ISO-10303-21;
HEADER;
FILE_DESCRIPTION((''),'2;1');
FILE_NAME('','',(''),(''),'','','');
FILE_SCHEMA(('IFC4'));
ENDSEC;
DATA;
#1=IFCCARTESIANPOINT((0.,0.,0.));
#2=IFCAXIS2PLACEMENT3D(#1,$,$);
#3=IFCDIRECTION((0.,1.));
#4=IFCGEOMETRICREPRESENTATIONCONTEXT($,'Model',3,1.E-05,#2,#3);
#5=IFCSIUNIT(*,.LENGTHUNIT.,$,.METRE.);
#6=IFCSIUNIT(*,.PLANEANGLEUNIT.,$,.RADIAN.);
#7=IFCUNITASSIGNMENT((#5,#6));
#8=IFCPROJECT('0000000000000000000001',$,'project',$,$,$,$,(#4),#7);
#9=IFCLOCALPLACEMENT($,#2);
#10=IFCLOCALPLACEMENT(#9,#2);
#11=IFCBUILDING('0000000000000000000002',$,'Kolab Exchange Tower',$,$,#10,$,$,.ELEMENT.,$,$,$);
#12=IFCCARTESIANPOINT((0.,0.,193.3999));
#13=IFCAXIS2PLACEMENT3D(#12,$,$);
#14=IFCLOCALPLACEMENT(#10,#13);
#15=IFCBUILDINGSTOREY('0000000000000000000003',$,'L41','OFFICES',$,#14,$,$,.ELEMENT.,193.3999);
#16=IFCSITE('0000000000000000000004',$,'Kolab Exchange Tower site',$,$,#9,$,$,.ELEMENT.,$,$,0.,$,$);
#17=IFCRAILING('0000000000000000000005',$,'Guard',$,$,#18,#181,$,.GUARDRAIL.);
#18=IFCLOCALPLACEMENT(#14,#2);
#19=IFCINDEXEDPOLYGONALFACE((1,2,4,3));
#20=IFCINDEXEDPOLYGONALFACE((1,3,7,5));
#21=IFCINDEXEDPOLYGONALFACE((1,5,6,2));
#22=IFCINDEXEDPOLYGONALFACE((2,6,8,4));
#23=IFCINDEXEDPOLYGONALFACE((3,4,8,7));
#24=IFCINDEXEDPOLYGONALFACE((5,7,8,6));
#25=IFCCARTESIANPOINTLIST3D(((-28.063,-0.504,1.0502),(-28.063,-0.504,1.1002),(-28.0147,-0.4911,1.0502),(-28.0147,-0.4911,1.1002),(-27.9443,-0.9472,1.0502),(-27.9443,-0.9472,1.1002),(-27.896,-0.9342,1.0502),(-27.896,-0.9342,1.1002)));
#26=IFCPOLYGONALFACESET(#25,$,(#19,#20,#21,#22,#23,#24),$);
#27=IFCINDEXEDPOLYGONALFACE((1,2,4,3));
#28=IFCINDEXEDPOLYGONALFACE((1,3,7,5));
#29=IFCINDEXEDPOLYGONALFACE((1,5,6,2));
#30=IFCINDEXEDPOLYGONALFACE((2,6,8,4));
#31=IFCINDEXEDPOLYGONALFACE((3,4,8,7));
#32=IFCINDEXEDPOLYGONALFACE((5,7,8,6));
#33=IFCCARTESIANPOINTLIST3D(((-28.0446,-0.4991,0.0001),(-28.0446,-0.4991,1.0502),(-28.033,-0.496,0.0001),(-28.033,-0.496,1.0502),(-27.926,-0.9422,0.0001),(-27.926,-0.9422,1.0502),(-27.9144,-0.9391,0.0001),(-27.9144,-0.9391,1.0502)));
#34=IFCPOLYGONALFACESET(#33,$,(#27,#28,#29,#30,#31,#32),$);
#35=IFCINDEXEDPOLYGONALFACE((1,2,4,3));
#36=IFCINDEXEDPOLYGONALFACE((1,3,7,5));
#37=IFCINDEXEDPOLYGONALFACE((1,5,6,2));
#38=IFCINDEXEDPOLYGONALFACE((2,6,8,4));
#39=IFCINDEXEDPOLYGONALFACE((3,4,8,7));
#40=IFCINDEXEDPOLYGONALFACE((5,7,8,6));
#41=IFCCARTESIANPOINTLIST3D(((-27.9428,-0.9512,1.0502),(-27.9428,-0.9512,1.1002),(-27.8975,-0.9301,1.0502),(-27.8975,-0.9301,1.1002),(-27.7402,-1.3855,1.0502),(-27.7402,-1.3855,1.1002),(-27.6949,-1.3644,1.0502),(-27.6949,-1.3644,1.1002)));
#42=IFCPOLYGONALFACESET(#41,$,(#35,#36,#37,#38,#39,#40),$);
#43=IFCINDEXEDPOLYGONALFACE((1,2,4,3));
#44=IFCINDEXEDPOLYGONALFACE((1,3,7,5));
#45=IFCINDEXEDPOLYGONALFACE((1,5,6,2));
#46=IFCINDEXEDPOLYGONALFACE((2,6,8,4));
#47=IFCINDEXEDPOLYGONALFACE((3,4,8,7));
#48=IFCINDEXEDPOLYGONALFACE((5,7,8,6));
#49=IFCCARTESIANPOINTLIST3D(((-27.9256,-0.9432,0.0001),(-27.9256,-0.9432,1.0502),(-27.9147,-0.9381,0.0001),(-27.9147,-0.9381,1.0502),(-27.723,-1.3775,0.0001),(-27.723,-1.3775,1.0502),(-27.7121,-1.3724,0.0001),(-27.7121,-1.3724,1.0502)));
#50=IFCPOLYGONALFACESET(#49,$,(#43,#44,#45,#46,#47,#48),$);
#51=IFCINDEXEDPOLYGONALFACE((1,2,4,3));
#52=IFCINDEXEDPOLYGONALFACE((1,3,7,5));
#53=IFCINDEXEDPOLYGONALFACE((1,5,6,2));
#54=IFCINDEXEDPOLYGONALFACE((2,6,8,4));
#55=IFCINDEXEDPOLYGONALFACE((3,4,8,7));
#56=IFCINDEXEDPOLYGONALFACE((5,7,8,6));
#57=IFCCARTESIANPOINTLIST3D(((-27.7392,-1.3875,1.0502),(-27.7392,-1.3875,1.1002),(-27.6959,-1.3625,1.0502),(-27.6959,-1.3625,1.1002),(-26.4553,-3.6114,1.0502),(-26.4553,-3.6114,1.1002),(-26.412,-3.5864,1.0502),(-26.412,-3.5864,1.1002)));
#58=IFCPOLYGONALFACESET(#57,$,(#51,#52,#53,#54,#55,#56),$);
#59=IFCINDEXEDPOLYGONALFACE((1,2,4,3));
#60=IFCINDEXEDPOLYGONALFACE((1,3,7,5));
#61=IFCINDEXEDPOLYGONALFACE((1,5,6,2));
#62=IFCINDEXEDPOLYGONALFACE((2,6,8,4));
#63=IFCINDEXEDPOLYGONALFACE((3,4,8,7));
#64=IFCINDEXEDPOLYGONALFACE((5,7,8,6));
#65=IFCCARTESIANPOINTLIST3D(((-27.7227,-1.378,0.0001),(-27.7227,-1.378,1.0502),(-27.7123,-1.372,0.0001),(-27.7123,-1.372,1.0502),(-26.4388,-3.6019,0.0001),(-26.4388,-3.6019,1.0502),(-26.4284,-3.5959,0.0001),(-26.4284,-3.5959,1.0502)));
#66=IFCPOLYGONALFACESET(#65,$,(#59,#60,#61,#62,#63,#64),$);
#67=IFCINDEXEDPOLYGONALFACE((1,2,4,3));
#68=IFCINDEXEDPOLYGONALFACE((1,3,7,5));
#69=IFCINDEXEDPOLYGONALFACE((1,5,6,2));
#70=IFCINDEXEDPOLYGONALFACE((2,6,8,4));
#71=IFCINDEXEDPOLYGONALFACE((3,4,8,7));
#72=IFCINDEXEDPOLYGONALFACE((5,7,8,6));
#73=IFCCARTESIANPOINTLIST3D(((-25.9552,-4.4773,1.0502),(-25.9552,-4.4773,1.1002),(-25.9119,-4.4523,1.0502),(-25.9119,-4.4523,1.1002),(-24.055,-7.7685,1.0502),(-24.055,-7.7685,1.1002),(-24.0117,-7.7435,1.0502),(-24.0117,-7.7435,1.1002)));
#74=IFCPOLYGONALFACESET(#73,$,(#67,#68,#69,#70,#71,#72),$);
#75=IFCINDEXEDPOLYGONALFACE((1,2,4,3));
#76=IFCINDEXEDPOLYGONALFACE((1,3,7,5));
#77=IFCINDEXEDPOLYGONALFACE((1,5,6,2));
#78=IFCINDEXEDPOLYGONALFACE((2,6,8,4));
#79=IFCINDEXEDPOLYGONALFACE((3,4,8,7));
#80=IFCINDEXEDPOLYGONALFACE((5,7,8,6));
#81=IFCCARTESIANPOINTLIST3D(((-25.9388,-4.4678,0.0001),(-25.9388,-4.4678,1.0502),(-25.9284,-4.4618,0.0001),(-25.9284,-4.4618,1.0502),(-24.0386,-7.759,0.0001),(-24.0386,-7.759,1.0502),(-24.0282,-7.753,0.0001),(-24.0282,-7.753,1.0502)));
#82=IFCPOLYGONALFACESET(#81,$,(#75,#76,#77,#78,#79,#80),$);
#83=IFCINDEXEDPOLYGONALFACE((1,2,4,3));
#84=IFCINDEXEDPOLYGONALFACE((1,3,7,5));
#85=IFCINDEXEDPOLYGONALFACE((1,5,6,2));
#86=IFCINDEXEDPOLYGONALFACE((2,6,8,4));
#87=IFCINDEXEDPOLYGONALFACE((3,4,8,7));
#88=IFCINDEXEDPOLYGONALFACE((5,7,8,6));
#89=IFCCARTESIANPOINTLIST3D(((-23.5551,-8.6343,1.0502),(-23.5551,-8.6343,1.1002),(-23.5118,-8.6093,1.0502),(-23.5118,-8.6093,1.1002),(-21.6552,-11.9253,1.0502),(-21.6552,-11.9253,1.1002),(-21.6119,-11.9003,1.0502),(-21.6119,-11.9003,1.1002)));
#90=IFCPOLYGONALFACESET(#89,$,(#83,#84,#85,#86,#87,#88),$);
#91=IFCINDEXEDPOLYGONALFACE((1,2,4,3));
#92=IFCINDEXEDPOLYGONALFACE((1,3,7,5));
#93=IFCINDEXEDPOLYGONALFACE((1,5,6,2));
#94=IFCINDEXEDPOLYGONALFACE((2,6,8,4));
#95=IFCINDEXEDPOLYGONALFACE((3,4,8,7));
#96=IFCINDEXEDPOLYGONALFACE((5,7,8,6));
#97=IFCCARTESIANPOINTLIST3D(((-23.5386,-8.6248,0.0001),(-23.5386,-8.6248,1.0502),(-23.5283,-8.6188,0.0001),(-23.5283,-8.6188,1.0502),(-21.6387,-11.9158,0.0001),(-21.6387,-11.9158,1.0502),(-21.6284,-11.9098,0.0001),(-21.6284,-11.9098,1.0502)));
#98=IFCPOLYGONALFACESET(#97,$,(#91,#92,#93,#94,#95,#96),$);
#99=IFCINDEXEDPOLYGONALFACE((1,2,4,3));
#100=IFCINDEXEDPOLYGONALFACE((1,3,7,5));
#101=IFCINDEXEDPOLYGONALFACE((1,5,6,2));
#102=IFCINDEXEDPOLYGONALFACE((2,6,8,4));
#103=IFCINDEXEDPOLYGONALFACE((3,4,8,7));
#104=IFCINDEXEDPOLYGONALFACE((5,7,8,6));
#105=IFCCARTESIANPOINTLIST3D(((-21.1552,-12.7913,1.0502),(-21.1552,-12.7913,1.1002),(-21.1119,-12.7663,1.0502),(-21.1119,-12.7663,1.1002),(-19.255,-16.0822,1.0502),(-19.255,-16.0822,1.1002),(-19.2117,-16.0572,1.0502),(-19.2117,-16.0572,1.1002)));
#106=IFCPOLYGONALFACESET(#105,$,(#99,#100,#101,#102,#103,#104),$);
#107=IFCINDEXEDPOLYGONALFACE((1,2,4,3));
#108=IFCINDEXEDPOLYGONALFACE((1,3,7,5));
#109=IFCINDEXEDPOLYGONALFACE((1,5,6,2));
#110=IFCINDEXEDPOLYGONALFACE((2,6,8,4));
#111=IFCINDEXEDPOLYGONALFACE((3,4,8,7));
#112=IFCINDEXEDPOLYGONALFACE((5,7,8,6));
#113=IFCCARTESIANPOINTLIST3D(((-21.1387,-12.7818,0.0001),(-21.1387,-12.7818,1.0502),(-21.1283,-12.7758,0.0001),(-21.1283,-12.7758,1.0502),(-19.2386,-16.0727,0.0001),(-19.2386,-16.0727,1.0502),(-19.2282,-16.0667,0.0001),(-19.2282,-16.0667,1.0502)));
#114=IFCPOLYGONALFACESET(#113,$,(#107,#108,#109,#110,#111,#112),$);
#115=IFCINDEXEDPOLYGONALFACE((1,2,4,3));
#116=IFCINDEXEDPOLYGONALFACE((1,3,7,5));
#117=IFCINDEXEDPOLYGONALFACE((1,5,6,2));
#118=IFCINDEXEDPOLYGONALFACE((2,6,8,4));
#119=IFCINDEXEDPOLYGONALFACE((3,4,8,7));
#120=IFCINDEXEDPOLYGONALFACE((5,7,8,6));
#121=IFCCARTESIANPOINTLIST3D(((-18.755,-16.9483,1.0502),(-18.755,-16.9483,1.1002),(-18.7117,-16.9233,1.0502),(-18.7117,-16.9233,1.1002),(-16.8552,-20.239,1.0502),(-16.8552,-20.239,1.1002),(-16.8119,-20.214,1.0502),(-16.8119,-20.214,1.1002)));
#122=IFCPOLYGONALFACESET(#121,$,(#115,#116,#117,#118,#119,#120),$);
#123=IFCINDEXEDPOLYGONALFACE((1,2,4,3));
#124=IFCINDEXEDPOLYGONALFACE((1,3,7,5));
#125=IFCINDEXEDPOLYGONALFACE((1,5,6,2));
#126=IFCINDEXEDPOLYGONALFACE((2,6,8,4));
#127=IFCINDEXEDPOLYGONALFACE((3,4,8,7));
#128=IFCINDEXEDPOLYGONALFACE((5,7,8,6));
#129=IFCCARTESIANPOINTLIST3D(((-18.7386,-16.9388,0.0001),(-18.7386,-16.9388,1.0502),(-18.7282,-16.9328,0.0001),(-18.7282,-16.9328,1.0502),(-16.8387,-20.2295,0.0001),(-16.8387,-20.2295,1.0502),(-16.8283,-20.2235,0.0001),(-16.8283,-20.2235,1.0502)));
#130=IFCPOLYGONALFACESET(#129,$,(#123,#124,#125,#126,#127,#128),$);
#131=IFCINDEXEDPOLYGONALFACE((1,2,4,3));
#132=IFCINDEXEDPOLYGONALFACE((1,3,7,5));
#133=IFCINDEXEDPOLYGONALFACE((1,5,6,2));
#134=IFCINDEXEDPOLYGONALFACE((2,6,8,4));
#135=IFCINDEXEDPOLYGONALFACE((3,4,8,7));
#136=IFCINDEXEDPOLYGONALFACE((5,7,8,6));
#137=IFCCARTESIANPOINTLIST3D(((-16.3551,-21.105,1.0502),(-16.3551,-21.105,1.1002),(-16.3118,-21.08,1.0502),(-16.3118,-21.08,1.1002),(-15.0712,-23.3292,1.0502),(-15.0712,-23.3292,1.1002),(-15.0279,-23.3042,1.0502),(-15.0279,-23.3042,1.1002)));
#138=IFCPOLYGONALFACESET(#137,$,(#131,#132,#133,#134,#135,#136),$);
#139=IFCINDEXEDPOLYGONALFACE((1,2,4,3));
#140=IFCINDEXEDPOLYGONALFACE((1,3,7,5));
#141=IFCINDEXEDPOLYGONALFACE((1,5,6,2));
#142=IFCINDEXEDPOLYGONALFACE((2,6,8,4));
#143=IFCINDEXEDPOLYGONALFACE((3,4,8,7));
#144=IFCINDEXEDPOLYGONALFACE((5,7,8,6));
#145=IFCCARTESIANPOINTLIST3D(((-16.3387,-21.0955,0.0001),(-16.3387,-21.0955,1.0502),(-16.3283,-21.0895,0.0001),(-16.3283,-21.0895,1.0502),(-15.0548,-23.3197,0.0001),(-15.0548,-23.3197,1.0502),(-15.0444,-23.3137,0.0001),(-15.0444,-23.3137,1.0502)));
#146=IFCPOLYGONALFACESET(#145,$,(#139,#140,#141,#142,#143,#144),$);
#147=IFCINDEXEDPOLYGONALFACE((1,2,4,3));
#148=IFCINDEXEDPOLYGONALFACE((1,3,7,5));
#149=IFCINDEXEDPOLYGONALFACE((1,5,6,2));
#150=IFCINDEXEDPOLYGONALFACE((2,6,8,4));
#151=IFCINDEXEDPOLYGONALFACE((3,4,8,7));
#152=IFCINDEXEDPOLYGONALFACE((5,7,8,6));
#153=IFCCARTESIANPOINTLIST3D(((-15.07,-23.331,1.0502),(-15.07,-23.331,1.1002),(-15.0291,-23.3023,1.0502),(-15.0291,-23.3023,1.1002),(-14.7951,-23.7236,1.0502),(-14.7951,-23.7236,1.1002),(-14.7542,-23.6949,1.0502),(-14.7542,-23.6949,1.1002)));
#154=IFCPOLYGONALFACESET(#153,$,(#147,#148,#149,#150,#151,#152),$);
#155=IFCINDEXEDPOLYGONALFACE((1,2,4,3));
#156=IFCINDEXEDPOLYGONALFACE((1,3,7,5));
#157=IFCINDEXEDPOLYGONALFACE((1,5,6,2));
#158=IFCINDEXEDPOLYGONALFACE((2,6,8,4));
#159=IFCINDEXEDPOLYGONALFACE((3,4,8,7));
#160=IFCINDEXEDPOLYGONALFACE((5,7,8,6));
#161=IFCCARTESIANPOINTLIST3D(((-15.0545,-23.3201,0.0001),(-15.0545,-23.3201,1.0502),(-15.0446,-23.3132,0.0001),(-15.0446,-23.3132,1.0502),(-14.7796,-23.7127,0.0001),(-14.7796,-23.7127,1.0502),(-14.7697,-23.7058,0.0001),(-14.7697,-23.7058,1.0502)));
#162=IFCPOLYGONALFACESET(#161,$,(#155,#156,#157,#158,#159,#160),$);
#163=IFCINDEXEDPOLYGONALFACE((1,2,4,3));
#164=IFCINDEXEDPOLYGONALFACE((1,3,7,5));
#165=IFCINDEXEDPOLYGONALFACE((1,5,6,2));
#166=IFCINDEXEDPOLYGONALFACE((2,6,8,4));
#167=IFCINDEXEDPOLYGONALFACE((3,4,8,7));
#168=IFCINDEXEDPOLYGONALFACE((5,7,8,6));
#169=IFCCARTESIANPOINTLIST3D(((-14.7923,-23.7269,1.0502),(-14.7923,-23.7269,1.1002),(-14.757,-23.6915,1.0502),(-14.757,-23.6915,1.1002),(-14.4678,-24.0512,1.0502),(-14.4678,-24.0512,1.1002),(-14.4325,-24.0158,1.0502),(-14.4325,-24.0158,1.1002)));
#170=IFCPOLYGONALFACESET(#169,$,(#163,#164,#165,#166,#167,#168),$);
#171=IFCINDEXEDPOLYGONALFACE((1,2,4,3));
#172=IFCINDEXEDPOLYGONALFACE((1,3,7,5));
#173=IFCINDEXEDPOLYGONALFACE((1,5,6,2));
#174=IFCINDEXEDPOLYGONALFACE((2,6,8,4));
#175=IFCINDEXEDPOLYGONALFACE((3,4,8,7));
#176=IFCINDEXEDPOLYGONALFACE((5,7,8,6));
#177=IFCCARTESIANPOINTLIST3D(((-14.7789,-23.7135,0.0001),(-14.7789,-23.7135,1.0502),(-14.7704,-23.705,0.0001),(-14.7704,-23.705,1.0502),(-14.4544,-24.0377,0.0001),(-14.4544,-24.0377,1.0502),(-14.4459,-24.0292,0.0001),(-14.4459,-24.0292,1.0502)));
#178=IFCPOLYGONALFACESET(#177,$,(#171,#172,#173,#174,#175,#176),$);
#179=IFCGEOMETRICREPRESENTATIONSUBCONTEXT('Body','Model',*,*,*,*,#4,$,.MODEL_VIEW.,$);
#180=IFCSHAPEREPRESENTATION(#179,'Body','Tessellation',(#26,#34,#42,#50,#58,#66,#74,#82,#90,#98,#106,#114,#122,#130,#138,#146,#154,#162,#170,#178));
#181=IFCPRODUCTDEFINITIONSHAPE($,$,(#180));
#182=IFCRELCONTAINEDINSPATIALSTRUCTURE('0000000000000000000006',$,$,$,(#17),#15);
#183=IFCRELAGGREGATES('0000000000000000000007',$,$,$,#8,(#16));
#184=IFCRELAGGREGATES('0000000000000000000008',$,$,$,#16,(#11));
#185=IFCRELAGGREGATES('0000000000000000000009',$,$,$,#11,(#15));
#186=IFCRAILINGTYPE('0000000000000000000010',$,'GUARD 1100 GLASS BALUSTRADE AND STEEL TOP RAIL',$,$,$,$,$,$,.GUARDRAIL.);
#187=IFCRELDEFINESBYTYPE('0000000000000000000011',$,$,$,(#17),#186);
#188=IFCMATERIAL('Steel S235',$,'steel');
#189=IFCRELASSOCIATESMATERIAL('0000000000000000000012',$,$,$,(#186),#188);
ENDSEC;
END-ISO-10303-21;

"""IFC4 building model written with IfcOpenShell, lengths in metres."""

from ifc_helpers import new_model, si_unit, direction, frame, frame_2d, origin, origin_2d, place, context, subcontext, project, spatial, rectangle, extrude, material, type_object, element, save


model = new_model("IFC4")

# Units and contexts
model_context = context("Model", 3, precision=1e-05, world=origin(), true_north=direction((0.0, 1.0)))
body_context = subcontext(model_context, "Body", "Model", "MODEL_VIEW")
ifc_project = project(units=[si_unit("LENGTHUNIT", "METRE"), si_unit("PLANEANGLEUNIT", "RADIAN")], contexts=[model_context])

# Site, building, storey
site_placement = place(None, origin())
site = spatial("IfcSite", under=ifc_project, at=site_placement, Name="Kolab Exchange Tower site", CompositionType="ELEMENT", RefElevation=0.0)
building_placement = place(site_placement, origin())
building = spatial("IfcBuilding", under=site, at=building_placement, Name="Kolab Exchange Tower", CompositionType="ELEMENT")
storey_placement = place(building_placement, frame((0.0, 0.0, 193.3999)))
storey = spatial("IfcBuildingStorey", under=building, at=storey_placement, Name="L41", Description="OFFICES", CompositionType="ELEMENT", Elevation=193.3999)

# Railing
ifc_material_1 = material(Name="Steel S235", Category="steel")
railing_type = type_object("IfcRailingType", Name="GUARD 1100 GLASS BALUSTRADE AND STEEL TOP RAIL", PredefinedType="GUARDRAIL", material=ifc_material_1)
railing_placement = place(storey_placement, frame((-28.0388, -0.4976, 0.0)))
element("IfcRailing", 1, at=railing_placement, inside=storey, type_object=railing_type, Name="Guard", PredefinedType="GUARDRAIL", context=body_context, shape_type="SweptSolid", body=[
    extrude(rectangle(XDim=0.05, YDim=0.05, at=origin_2d()), frame((0.0, 0.0, 1.0752), z_axis=(0.258656, -0.965969, 0.0), x_axis=(0.965969, 0.258656, 0.0)), (0.0, 0.0, 1.0), 0.4587),
    extrude(rectangle(XDim=0.012, YDim=1.0501, at=frame_2d((0.0, 0.5251))), frame((0.0, 0.0, 0.0), z_axis=(0.258656, -0.965969, 0.0), x_axis=(0.965969, 0.258656, 0.0)), (0.0, 0.0, 1.0), 0.4587),
    extrude(rectangle(XDim=0.05, YDim=0.05, at=origin_2d()), frame((0.1187, -0.4431, 1.0752), z_axis=(0.422802, -0.906222, 0.0), x_axis=(0.906222, 0.422802, 0.0)), (0.0, 0.0, 1.0), 0.4792),
    extrude(rectangle(XDim=0.012, YDim=1.0501, at=frame_2d((0.0, 0.5251))), frame((0.1187, -0.4431, 0.0), z_axis=(0.422802, -0.906222, 0.0), x_axis=(0.906222, 0.422802, 0.0)), (0.0, 0.0, 1.0), 0.4792),
    extrude(rectangle(XDim=0.05, YDim=0.05, at=origin_2d()), frame((0.3213, -0.8774, 1.0752), z_axis=(0.499994, -0.866029, 0.0), x_axis=(0.866029, 0.499994, 0.0)), (0.0, 0.0, 1.0), 2.5679),
    extrude(rectangle(XDim=0.012, YDim=1.0501, at=frame_2d((0.0, 0.5251))), frame((0.3213, -0.8774, 0.0), z_axis=(0.499994, -0.866029, 0.0), x_axis=(0.866029, 0.499994, 0.0)), (0.0, 0.0, 1.0), 2.5679),
    extrude(rectangle(XDim=0.05, YDim=0.05, at=origin_2d()), frame((2.1052, -3.9673, 1.0752), z_axis=(0.500015, -0.866017, 0.0), x_axis=(0.866017, 0.500015, 0.0)), (0.0, 0.0, 1.0), 3.8003),
    extrude(rectangle(XDim=0.012, YDim=1.0501, at=frame_2d((0.0, 0.5251))), frame((2.1052, -3.9673, 0.0), z_axis=(0.500015, -0.866017, 0.0), x_axis=(0.866017, 0.500015, 0.0)), (0.0, 0.0, 1.0), 3.8003),
    extrude(rectangle(XDim=0.05, YDim=0.05, at=origin_2d()), frame((4.5054, -8.1243, 1.0752), z_axis=(0.499967, -0.866044, 0.0), x_axis=(0.866044, 0.499967, 0.0)), (0.0, 0.0, 1.0), 3.8),
    extrude(rectangle(XDim=0.012, YDim=1.0501, at=frame_2d((0.0, 0.5251))), frame((4.5054, -8.1243, 0.0), z_axis=(0.499967, -0.866044, 0.0), x_axis=(0.866044, 0.499967, 0.0)), (0.0, 0.0, 1.0), 3.8),
    extrude(rectangle(XDim=0.05, YDim=0.05, at=origin_2d()), frame((6.9053, -12.2812, 1.0752), z_axis=(0.500043, -0.866, 0.0), x_axis=(0.866, 0.500043, 0.0)), (0.0, 0.0, 1.0), 3.8),
    extrude(rectangle(XDim=0.012, YDim=1.0501, at=frame_2d((0.0, 0.5251))), frame((6.9053, -12.2812, 0.0), z_axis=(0.500043, -0.866, 0.0), x_axis=(0.866, 0.500043, 0.0)), (0.0, 0.0, 1.0), 3.8),
    extrude(rectangle(XDim=0.05, YDim=0.05, at=origin_2d()), frame((9.3054, -16.4382, 1.0752), z_axis=(0.499995, -0.866028, 0.0), x_axis=(0.866028, 0.499995, 0.0)), (0.0, 0.0, 1.0), 3.7998),
    extrude(rectangle(XDim=0.012, YDim=1.0501, at=frame_2d((0.0, 0.5251))), frame((9.3054, -16.4382, 0.0), z_axis=(0.499995, -0.866028, 0.0), x_axis=(0.866028, 0.499995, 0.0)), (0.0, 0.0, 1.0), 3.7998),
    extrude(rectangle(XDim=0.05, YDim=0.05, at=origin_2d()), frame((11.7053, -20.595, 1.0752), z_axis=(0.499953, -0.866053, 0.0), x_axis=(0.866053, 0.499953, 0.0)), (0.0, 0.0, 1.0), 2.5681),
    extrude(rectangle(XDim=0.012, YDim=1.0501, at=frame_2d((0.0, 0.5251))), frame((11.7053, -20.595, 0.0), z_axis=(0.499953, -0.866053, 0.0), x_axis=(0.866053, 0.499953, 0.0)), (0.0, 0.0, 1.0), 2.5681),
    extrude(rectangle(XDim=0.05, YDim=0.05, at=origin_2d()), frame((12.9893, -22.8191, 1.0752), z_axis=(0.573599, -0.819136, 0.0), x_axis=(0.819136, 0.573599, 0.0)), (0.0, 0.0, 1.0), 0.4792),
    extrude(rectangle(XDim=0.012, YDim=1.0501, at=frame_2d((0.0, 0.5251))), frame((12.9893, -22.8191, 0.0), z_axis=(0.573599, -0.819136, 0.0), x_axis=(0.819136, 0.573599, 0.0)), (0.0, 0.0, 1.0), 0.4792),
    extrude(rectangle(XDim=0.05, YDim=0.05, at=origin_2d()), frame((13.2642, -23.2117, 1.0752), z_axis=(0.707373, -0.706841, 0.0), x_axis=(0.706841, 0.707373, 0.0)), (0.0, 0.0, 1.0), 0.4587),
    extrude(rectangle(XDim=0.012, YDim=1.0501, at=frame_2d((0.0, 0.5251))), frame((13.2642, -23.2117, 0.0), z_axis=(0.707373, -0.706841, 0.0), x_axis=(0.706841, 0.707373, 0.0)), (0.0, 0.0, 1.0), 0.4587),
])

save(model, "model.ifc")
